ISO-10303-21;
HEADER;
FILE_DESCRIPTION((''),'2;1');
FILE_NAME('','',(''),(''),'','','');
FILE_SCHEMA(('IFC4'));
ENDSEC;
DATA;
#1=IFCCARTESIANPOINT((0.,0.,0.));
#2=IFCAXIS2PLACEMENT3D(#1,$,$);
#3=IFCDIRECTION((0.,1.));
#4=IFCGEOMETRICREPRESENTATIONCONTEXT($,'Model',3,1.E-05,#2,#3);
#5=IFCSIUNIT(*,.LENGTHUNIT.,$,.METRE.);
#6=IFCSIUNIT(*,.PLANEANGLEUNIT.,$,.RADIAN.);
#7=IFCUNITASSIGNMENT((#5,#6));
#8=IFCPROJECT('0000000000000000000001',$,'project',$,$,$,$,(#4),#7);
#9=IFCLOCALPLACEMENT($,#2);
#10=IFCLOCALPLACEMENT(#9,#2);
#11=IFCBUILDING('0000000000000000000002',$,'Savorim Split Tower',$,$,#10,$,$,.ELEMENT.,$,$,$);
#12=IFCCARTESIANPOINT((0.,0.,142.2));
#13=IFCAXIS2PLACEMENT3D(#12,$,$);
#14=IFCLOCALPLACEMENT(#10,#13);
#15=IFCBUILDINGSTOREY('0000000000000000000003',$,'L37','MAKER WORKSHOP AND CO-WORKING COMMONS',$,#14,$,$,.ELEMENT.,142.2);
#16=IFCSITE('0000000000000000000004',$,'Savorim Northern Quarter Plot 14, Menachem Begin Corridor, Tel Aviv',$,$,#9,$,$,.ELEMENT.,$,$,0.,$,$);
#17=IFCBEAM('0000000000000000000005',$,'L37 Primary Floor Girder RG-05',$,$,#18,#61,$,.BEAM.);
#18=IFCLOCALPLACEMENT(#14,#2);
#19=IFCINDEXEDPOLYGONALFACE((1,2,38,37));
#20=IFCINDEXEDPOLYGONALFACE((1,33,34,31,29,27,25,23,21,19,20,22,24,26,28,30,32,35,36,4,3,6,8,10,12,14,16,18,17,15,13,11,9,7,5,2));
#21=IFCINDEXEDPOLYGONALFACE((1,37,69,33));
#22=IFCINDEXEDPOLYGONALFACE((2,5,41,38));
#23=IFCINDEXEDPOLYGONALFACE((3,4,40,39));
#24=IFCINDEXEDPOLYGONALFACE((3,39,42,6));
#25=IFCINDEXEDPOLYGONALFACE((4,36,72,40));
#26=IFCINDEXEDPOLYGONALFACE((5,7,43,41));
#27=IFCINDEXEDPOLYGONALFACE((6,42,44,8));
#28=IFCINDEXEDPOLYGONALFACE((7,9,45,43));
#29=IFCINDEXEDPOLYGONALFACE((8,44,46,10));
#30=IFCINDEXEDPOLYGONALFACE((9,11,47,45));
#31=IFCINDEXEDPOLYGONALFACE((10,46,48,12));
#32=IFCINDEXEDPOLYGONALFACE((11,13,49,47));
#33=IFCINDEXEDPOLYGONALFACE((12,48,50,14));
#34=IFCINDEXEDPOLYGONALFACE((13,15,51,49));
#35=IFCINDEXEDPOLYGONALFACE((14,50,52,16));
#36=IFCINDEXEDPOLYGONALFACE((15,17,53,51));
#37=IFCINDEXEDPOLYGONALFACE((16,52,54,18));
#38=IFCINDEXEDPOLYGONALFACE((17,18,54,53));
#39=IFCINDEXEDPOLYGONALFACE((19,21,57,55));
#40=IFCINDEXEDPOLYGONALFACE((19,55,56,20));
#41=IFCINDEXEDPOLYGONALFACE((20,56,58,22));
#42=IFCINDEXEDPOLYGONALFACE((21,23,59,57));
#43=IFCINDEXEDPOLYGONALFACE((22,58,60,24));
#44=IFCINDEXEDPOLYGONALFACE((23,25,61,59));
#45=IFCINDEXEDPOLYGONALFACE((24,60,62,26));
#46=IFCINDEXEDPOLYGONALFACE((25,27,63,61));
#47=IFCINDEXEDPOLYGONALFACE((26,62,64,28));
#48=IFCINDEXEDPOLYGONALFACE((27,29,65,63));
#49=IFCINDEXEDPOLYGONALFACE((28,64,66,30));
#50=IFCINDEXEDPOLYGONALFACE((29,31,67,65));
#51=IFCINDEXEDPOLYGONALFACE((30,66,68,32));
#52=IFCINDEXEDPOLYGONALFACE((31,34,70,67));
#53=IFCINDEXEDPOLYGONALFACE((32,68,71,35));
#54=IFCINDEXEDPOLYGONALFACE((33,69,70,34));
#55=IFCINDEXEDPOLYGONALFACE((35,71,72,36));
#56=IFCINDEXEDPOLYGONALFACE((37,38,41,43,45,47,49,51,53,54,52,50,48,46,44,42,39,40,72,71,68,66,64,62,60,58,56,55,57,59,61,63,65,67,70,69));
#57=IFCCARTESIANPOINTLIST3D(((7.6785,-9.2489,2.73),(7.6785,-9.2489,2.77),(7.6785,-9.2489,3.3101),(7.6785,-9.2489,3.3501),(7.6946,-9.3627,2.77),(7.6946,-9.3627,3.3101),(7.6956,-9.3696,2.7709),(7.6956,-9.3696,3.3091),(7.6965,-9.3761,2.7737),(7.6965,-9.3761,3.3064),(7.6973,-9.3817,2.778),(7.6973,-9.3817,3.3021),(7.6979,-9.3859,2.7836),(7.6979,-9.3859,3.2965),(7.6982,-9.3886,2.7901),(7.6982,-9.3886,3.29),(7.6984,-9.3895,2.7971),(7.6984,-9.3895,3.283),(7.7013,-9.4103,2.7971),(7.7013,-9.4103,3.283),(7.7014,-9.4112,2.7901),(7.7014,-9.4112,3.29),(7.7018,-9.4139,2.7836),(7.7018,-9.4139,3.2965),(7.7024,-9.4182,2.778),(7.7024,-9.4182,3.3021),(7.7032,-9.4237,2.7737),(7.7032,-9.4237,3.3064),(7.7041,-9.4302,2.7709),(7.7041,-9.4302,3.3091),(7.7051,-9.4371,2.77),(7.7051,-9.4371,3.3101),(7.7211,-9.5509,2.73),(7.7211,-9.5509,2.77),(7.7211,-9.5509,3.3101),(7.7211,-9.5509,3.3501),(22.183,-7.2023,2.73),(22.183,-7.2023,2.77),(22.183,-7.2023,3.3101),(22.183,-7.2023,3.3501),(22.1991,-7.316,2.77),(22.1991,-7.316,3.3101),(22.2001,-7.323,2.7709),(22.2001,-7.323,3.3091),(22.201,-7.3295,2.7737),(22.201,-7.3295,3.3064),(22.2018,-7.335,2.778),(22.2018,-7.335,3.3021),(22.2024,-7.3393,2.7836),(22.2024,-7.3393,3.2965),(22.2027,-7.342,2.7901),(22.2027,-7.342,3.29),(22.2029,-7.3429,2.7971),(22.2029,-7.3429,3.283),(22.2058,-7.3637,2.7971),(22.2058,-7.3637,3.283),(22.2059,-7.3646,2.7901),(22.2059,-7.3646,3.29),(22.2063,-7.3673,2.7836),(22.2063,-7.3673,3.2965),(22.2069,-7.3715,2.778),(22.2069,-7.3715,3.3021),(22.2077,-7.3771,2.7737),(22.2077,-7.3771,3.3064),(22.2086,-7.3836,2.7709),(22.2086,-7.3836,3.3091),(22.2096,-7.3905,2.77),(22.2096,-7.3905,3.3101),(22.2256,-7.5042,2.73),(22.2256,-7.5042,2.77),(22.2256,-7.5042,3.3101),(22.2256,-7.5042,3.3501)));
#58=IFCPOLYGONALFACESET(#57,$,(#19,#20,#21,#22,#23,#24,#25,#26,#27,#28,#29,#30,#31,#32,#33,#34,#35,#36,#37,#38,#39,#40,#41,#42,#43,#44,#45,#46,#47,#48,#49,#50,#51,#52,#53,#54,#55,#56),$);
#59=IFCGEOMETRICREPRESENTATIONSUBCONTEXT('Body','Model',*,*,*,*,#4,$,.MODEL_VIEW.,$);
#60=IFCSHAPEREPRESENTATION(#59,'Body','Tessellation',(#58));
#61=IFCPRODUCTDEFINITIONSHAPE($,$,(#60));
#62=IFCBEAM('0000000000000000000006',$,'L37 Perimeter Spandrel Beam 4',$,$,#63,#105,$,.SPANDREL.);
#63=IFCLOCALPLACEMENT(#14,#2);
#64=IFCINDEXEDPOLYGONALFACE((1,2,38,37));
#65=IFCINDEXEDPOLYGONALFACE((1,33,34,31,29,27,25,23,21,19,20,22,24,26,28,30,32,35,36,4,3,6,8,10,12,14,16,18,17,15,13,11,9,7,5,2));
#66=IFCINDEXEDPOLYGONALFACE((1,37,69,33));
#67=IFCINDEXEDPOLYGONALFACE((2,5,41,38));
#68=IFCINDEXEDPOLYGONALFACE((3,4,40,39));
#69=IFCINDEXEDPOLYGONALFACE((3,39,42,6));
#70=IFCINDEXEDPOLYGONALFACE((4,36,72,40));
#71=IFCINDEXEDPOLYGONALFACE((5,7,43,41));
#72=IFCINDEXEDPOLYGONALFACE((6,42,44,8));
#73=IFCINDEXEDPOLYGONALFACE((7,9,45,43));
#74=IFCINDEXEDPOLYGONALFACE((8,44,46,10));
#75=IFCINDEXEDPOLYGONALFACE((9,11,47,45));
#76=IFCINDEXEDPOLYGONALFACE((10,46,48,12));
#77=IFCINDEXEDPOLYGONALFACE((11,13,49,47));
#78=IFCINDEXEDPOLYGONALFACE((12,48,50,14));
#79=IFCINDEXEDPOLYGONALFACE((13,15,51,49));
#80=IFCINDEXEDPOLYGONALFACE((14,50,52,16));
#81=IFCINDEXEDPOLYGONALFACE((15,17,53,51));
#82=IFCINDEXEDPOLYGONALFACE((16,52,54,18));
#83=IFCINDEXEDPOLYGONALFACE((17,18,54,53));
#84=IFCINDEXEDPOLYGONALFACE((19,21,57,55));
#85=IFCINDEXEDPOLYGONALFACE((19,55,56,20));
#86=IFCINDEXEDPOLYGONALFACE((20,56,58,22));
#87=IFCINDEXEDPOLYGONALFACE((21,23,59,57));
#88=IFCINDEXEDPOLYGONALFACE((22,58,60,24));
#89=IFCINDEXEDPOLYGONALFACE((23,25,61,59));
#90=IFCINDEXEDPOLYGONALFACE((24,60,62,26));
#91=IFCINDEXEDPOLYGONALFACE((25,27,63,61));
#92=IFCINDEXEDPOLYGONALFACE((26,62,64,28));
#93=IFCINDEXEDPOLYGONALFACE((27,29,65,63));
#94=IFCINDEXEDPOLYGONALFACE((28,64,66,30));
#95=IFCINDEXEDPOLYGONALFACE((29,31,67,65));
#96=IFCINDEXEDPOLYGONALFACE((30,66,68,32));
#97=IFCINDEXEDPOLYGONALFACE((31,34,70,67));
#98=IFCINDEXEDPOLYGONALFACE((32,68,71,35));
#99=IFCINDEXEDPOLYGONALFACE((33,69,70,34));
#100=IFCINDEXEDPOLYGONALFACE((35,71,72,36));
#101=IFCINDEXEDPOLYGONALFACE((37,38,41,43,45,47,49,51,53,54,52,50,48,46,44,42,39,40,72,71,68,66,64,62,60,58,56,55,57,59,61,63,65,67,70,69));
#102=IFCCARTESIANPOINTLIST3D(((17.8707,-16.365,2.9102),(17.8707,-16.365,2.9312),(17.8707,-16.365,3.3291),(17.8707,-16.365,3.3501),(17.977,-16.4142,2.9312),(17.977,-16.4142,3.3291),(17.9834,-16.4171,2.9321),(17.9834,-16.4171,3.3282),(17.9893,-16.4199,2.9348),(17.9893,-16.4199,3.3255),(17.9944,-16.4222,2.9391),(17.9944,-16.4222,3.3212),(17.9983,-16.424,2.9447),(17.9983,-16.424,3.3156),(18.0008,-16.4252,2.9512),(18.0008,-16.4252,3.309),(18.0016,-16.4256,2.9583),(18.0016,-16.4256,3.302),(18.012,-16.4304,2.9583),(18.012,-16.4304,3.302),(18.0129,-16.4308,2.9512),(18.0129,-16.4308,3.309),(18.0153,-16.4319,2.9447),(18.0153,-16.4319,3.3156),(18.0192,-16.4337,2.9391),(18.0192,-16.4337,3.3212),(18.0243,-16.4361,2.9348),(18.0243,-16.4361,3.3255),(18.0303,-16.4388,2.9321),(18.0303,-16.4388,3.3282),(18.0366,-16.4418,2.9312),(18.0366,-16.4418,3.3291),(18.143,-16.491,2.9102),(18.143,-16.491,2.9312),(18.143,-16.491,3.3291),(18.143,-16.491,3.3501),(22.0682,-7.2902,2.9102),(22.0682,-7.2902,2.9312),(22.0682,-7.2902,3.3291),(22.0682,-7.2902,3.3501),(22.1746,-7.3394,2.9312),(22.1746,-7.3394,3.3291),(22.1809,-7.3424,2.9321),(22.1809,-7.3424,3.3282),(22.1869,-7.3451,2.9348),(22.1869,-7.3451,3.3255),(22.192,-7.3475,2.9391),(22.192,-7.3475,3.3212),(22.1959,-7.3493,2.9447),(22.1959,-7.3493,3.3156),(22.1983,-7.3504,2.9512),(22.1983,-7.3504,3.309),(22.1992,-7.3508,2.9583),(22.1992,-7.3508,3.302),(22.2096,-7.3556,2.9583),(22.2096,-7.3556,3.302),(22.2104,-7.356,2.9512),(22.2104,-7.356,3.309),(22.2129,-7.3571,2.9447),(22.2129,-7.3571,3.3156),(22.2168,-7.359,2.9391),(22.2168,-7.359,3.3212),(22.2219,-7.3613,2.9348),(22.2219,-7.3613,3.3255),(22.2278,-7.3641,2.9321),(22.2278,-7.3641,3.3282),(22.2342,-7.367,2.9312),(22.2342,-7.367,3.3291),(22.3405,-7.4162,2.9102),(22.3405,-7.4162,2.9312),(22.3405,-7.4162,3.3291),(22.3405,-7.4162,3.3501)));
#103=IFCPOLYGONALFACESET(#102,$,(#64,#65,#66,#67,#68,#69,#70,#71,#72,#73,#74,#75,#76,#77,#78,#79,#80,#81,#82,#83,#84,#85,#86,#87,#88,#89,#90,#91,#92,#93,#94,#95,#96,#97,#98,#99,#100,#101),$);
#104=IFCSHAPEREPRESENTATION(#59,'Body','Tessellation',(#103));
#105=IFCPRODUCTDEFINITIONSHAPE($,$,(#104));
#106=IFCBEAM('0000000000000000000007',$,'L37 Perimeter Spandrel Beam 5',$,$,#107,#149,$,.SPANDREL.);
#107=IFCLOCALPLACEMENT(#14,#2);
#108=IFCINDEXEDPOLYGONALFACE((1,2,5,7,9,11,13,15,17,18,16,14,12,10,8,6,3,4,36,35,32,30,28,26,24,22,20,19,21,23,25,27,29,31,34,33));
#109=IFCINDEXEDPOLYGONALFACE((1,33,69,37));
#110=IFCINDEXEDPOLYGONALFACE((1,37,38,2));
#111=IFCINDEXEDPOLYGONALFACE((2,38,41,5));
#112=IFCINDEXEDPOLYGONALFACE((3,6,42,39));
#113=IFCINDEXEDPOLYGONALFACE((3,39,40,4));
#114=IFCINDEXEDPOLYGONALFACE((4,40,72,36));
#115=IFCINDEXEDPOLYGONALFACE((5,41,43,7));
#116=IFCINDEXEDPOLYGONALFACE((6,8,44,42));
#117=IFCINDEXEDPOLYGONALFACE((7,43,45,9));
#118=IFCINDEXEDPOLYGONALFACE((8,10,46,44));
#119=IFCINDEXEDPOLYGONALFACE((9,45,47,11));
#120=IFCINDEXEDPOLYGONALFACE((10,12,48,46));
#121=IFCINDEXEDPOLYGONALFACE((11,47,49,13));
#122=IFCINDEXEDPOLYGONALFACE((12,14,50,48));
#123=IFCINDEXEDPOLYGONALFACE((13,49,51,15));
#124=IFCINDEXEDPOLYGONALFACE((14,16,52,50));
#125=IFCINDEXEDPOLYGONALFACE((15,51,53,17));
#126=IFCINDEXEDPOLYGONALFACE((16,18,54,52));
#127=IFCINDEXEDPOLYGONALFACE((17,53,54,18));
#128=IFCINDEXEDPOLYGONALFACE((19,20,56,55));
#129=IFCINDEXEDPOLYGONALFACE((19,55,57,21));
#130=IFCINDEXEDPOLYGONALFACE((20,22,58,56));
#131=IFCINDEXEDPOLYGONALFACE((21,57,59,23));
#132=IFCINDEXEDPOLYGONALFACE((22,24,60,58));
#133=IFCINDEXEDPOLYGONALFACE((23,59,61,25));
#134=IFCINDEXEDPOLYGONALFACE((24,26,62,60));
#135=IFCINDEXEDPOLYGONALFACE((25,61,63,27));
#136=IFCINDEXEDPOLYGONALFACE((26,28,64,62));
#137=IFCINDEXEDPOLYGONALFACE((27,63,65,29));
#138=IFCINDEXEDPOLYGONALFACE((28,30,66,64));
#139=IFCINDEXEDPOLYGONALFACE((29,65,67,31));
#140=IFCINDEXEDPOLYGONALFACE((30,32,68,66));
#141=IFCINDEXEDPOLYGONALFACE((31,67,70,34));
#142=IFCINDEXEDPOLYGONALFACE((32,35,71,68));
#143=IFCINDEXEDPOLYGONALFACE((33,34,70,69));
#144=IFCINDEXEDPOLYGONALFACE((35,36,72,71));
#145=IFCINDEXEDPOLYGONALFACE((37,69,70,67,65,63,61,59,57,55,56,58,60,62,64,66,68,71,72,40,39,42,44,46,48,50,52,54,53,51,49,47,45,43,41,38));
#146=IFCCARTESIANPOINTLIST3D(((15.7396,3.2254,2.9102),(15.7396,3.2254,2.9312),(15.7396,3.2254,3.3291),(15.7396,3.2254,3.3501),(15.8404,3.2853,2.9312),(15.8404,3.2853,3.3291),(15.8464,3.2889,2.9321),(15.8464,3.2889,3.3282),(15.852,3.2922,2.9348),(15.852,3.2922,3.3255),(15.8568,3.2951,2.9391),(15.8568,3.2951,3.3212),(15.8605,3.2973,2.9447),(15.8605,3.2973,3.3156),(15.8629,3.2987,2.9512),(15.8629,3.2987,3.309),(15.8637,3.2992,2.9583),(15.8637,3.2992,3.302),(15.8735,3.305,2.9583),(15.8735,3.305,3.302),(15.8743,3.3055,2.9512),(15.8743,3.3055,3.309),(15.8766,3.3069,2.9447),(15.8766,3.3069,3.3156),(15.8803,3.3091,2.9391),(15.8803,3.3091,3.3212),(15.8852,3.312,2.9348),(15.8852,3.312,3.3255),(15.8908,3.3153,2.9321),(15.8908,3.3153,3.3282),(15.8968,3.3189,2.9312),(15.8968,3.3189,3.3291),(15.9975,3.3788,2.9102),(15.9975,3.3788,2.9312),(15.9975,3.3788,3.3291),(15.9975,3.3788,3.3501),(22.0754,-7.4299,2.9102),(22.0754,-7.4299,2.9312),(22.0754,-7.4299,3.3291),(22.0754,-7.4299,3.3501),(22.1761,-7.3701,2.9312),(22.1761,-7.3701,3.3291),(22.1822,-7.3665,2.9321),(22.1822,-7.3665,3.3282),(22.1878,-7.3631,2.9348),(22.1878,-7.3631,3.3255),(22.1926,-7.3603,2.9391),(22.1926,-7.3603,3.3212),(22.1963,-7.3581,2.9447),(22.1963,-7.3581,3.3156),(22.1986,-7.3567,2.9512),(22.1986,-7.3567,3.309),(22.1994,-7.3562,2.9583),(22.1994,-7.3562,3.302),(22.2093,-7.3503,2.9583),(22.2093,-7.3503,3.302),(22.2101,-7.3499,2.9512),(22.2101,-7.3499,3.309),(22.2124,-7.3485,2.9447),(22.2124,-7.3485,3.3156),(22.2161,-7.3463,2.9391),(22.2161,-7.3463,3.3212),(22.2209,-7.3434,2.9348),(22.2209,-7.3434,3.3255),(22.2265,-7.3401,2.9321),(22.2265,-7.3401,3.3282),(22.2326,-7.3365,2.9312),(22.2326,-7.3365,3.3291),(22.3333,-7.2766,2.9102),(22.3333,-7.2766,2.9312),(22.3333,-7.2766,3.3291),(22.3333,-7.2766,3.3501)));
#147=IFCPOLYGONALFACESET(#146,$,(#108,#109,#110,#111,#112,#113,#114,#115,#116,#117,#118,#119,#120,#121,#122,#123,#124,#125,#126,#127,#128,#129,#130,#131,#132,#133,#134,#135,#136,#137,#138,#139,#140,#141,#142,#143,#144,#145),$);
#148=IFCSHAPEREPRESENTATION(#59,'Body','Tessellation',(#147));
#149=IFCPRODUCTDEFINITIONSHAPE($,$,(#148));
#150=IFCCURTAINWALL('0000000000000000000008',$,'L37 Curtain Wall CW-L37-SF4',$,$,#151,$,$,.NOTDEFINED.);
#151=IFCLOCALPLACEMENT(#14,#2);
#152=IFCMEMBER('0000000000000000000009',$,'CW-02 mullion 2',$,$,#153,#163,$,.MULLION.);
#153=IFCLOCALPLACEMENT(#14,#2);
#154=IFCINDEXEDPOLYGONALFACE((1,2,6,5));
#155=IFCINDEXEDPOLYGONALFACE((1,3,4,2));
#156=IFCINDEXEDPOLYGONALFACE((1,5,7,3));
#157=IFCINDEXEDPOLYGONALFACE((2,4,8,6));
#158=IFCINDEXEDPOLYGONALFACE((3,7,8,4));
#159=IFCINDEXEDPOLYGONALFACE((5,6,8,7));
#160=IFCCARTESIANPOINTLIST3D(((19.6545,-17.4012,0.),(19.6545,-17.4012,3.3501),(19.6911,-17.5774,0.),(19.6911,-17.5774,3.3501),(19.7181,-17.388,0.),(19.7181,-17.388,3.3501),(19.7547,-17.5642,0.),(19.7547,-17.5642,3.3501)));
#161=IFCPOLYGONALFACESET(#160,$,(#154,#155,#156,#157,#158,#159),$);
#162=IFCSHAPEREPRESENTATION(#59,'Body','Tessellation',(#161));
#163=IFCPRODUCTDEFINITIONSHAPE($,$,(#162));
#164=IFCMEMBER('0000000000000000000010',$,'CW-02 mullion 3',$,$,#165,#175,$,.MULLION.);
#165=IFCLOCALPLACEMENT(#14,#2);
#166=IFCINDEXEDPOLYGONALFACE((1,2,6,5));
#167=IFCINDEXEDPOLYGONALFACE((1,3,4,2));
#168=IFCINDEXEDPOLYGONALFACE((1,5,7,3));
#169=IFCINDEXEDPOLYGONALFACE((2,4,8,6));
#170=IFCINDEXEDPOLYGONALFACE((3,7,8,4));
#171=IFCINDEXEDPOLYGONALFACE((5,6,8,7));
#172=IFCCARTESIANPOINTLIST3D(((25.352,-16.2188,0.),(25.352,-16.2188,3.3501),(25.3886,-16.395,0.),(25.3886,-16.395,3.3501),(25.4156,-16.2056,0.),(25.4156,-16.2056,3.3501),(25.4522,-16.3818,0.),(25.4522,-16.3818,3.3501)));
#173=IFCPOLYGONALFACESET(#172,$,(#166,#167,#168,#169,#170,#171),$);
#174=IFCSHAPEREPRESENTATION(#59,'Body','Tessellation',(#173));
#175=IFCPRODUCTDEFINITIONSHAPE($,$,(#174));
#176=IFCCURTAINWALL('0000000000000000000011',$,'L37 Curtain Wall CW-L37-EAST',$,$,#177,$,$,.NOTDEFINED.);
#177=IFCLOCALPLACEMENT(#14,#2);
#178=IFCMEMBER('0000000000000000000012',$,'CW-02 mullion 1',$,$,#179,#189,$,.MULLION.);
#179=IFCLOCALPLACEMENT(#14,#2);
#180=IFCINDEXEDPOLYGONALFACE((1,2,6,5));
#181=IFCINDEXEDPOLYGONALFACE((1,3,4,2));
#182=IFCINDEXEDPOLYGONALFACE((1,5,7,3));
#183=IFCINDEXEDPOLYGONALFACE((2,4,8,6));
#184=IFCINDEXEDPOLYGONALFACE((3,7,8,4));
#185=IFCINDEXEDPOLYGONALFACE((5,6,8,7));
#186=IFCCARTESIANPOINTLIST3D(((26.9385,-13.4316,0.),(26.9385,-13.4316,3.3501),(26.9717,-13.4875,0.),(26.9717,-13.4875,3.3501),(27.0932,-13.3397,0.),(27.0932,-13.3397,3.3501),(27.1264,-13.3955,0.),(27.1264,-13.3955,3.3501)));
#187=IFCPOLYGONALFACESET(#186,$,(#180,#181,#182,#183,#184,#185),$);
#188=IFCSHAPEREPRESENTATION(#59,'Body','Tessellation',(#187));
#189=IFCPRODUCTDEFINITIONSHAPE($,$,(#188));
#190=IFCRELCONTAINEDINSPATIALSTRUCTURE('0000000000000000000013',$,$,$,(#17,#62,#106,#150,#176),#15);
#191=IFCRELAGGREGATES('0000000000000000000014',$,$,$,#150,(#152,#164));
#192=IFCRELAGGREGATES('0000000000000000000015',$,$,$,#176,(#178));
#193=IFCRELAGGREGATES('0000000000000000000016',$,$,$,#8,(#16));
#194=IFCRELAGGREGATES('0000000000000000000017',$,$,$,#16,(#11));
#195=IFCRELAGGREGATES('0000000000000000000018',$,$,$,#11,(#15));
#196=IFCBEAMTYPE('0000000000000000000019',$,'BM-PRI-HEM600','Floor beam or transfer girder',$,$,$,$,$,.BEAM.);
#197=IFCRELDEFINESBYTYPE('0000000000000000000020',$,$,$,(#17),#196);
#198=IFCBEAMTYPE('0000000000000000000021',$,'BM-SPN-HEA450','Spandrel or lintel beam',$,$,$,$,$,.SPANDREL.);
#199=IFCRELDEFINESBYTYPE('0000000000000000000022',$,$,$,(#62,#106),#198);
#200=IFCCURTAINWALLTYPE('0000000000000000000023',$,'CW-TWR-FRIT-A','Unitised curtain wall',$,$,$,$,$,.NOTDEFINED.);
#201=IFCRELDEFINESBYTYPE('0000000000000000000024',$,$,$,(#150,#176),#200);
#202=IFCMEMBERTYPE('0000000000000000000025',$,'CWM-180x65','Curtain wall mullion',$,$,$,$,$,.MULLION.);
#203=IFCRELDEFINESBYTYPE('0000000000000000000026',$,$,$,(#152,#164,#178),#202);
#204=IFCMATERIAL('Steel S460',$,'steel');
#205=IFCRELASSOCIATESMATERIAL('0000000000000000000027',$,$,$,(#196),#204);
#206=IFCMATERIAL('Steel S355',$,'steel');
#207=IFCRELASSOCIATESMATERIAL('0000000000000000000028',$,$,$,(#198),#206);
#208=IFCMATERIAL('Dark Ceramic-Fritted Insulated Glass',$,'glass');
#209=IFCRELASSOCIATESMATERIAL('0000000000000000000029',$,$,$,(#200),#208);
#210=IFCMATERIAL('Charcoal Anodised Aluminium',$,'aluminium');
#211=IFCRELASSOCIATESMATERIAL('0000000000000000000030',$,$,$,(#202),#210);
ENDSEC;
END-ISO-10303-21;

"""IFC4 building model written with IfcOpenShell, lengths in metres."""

from ifc_helpers import new_model, si_unit, direction, frame, origin, origin_2d, place, context, subcontext, project, spatial, rectangle, i_section, extrude, material, material_profile, profile_set, type_object, element, aggregate, save


model = new_model("IFC4")

# Units and contexts
model_context = context("Model", 3, precision=1e-05, world=origin(), true_north=direction((0.0, 1.0)))
body_context = subcontext(model_context, "Body", "Model", "MODEL_VIEW")
ifc_project = project(units=[si_unit("LENGTHUNIT", "METRE"), si_unit("PLANEANGLEUNIT", "RADIAN")], contexts=[model_context])

# Site, building, storey
site_placement = place(None, origin())
site = spatial("IfcSite", under=ifc_project, at=site_placement, Name="Savorim Northern Quarter Plot 14, Menachem Begin Corridor, Tel Aviv", CompositionType="ELEMENT", RefElevation=0.0)
building_placement = place(site_placement, origin())
building = spatial("IfcBuilding", under=site, at=building_placement, Name="Savorim Split Tower", CompositionType="ELEMENT")
storey_placement = place(building_placement, frame((0.0, 0.0, 142.2)))
storey = spatial("IfcBuildingStorey", under=building, at=storey_placement, Name="L37", Description="MAKER WORKSHOP AND CO-WORKING COMMONS", CompositionType="ELEMENT", Elevation=142.2)

# Shared definitions
ifc_material_1 = material(Name="Steel S460", Category="steel")

# Beams
ifc_material_2 = material(Name="Steel S355", Category="steel")
ifc_material_profile_1 = material_profile(ifc_material_1, i_section(OverallWidth=0.3049, OverallDepth=0.6201, WebThickness=0.021, FlangeThickness=0.04, FilletRadius=0.0271, at=origin_2d()), Name="HE 600 M")
ifc_profile_set_1 = profile_set([ifc_material_profile_1], Name="Steel S460")
beam_type_1 = type_object("IfcBeamType", Name="BM-PRI-HEM600", Description="Floor beam or transfer girder", PredefinedType="BEAM", material=ifc_profile_set_1)
beam_1_placement = place(storey_placement, frame((22.2043, -7.3533, 3.04), z_axis=(-0.990191, -0.13972, 0.0), x_axis=(0.13972, -0.990191, 0.0)))
element("IfcBeam", 1, at=beam_1_placement, inside=storey, type_object=beam_type_1, Name="L37 Primary Floor Girder RG-05", PredefinedType="BEAM", context=body_context, shape_type="SweptSolid", body=[
    extrude(i_section(OverallWidth=0.3049, OverallDepth=0.6201, WebThickness=0.021, FlangeThickness=0.04, FilletRadius=0.0271, at=origin_2d()), origin(), (0.0, 0.0, 1.0), 14.6482),
])
ifc_material_profile_2 = material_profile(ifc_material_2, i_section(OverallWidth=0.3, OverallDepth=0.4399, WebThickness=0.0115, FlangeThickness=0.021, FilletRadius=0.0271, at=origin_2d()), Name="HEA 450")
ifc_profile_set_2 = profile_set([ifc_material_profile_2], Name="Steel S355")
beam_type_2 = type_object("IfcBeamType", Name="BM-SPN-HEA450", Description="Spandrel or lintel beam", PredefinedType="SPANDREL", material=ifc_profile_set_2)
beam_2_placement = place(storey_placement, frame((18.0068, -16.428, 3.1301), z_axis=(0.419815, 0.90761, 0.0), x_axis=(-0.90761, 0.419815, 0.0)))
element("IfcBeam", 2, at=beam_2_placement, inside=storey, type_object=beam_type_2, Name="L37 Perimeter Spandrel Beam 4", PredefinedType="SPANDREL", context=body_context, shape_type="SweptSolid", body=[
    extrude(i_section(OverallWidth=0.3, OverallDepth=0.4399, WebThickness=0.0115, FlangeThickness=0.021, FilletRadius=0.0271, at=origin_2d()), origin(), (0.0, 0.0, 1.0), 9.9985),
])
beam_3_placement = place(storey_placement, frame((22.2043, -7.3533, 3.1301), z_axis=(-0.511083, 0.859531, 0.0), x_axis=(-0.859531, -0.511083, 0.0)))
element("IfcBeam", 3, at=beam_3_placement, inside=storey, type_object=beam_type_2, Name="L37 Perimeter Spandrel Beam 5", PredefinedType="SPANDREL", context=body_context, shape_type="SweptSolid", body=[
    extrude(i_section(OverallWidth=0.3, OverallDepth=0.4399, WebThickness=0.0115, FlangeThickness=0.021, FilletRadius=0.0271, at=origin_2d()), origin(), (0.0, 0.0, 1.0), 12.3967),
])

# Curtain walls, members
ifc_material_3 = material(Name="Dark Ceramic-Fritted Insulated Glass", Category="glass")
curtain_wall_type = type_object("IfcCurtainWallType", Name="CW-TWR-FRIT-A", Description="Unitised curtain wall", PredefinedType="NOTDEFINED", material=ifc_material_3)
curtain_wall_1_placement = place(storey_placement, origin())
curtain_wall_1 = element("IfcCurtainWall", 4, at=curtain_wall_1_placement, inside=storey, type_object=curtain_wall_type, Name="L37 Curtain Wall CW-L37-SF4", PredefinedType="NOTDEFINED")
ifc_material_4 = material(Name="Charcoal Anodised Aluminium", Category="aluminium")
ifc_material_profile_3 = material_profile(ifc_material_4, rectangle(XDim=0.1799, YDim=0.0649, at=origin_2d()), Name="ALU-M 180x65")
ifc_profile_set_3 = profile_set([ifc_material_profile_3], Name="Charcoal Anodised Aluminium")
member_type_1 = type_object("IfcMemberType", Name="CWM-180x65", Description="Curtain wall mullion", PredefinedType="MULLION", material=ifc_profile_set_3)
member_1_placement = place(storey_placement, frame((19.7046, -17.4827, 0.0), z_axis=(0.0, 0.0, 1.0), x_axis=(-0.20321, 0.979135, 0.0)))
member_1 = element("IfcMember", 5, at=member_1_placement, type_object=member_type_1, Name="CW-02 mullion 2", PredefinedType="MULLION", context=body_context, shape_type="SweptSolid", body=[
    extrude(rectangle(XDim=0.1799, YDim=0.0649, at=origin_2d()), origin(), (0.0, 0.0, 1.0), 3.3501),
])
member_2_placement = place(storey_placement, frame((25.4021, -16.3003, 0.0), z_axis=(0.0, 0.0, 1.0), x_axis=(-0.20321, 0.979135, 0.0)))
member_2 = element("IfcMember", 6, at=member_2_placement, type_object=member_type_1, Name="CW-02 mullion 3", PredefinedType="MULLION", context=body_context, shape_type="SweptSolid", body=[
    extrude(rectangle(XDim=0.1799, YDim=0.0649, at=origin_2d()), origin(), (0.0, 0.0, 1.0), 3.3501),
])
curtain_wall_2_placement = place(storey_placement, origin())
curtain_wall_2 = element("IfcCurtainWall", 7, at=curtain_wall_2_placement, inside=storey, type_object=curtain_wall_type, Name="L37 Curtain Wall CW-L37-EAST", PredefinedType="NOTDEFINED")
member_3_placement = place(storey_placement, frame((27.0325, -13.4136, 0.0), z_axis=(0.0, 0.0, 1.0), x_axis=(-0.859526, -0.511091, 0.0)))
member_3 = element("IfcMember", 8, at=member_3_placement, type_object=member_type_1, Name="CW-02 mullion 1", PredefinedType="MULLION", context=body_context, shape_type="SweptSolid", body=[
    extrude(rectangle(XDim=0.1799, YDim=0.0649, at=origin_2d()), origin(), (0.0, 0.0, 1.0), 3.3501),
])

aggregate(curtain_wall_1, [member_1, member_2])
aggregate(curtain_wall_2, [member_3])

save(model, "model.ifc")
